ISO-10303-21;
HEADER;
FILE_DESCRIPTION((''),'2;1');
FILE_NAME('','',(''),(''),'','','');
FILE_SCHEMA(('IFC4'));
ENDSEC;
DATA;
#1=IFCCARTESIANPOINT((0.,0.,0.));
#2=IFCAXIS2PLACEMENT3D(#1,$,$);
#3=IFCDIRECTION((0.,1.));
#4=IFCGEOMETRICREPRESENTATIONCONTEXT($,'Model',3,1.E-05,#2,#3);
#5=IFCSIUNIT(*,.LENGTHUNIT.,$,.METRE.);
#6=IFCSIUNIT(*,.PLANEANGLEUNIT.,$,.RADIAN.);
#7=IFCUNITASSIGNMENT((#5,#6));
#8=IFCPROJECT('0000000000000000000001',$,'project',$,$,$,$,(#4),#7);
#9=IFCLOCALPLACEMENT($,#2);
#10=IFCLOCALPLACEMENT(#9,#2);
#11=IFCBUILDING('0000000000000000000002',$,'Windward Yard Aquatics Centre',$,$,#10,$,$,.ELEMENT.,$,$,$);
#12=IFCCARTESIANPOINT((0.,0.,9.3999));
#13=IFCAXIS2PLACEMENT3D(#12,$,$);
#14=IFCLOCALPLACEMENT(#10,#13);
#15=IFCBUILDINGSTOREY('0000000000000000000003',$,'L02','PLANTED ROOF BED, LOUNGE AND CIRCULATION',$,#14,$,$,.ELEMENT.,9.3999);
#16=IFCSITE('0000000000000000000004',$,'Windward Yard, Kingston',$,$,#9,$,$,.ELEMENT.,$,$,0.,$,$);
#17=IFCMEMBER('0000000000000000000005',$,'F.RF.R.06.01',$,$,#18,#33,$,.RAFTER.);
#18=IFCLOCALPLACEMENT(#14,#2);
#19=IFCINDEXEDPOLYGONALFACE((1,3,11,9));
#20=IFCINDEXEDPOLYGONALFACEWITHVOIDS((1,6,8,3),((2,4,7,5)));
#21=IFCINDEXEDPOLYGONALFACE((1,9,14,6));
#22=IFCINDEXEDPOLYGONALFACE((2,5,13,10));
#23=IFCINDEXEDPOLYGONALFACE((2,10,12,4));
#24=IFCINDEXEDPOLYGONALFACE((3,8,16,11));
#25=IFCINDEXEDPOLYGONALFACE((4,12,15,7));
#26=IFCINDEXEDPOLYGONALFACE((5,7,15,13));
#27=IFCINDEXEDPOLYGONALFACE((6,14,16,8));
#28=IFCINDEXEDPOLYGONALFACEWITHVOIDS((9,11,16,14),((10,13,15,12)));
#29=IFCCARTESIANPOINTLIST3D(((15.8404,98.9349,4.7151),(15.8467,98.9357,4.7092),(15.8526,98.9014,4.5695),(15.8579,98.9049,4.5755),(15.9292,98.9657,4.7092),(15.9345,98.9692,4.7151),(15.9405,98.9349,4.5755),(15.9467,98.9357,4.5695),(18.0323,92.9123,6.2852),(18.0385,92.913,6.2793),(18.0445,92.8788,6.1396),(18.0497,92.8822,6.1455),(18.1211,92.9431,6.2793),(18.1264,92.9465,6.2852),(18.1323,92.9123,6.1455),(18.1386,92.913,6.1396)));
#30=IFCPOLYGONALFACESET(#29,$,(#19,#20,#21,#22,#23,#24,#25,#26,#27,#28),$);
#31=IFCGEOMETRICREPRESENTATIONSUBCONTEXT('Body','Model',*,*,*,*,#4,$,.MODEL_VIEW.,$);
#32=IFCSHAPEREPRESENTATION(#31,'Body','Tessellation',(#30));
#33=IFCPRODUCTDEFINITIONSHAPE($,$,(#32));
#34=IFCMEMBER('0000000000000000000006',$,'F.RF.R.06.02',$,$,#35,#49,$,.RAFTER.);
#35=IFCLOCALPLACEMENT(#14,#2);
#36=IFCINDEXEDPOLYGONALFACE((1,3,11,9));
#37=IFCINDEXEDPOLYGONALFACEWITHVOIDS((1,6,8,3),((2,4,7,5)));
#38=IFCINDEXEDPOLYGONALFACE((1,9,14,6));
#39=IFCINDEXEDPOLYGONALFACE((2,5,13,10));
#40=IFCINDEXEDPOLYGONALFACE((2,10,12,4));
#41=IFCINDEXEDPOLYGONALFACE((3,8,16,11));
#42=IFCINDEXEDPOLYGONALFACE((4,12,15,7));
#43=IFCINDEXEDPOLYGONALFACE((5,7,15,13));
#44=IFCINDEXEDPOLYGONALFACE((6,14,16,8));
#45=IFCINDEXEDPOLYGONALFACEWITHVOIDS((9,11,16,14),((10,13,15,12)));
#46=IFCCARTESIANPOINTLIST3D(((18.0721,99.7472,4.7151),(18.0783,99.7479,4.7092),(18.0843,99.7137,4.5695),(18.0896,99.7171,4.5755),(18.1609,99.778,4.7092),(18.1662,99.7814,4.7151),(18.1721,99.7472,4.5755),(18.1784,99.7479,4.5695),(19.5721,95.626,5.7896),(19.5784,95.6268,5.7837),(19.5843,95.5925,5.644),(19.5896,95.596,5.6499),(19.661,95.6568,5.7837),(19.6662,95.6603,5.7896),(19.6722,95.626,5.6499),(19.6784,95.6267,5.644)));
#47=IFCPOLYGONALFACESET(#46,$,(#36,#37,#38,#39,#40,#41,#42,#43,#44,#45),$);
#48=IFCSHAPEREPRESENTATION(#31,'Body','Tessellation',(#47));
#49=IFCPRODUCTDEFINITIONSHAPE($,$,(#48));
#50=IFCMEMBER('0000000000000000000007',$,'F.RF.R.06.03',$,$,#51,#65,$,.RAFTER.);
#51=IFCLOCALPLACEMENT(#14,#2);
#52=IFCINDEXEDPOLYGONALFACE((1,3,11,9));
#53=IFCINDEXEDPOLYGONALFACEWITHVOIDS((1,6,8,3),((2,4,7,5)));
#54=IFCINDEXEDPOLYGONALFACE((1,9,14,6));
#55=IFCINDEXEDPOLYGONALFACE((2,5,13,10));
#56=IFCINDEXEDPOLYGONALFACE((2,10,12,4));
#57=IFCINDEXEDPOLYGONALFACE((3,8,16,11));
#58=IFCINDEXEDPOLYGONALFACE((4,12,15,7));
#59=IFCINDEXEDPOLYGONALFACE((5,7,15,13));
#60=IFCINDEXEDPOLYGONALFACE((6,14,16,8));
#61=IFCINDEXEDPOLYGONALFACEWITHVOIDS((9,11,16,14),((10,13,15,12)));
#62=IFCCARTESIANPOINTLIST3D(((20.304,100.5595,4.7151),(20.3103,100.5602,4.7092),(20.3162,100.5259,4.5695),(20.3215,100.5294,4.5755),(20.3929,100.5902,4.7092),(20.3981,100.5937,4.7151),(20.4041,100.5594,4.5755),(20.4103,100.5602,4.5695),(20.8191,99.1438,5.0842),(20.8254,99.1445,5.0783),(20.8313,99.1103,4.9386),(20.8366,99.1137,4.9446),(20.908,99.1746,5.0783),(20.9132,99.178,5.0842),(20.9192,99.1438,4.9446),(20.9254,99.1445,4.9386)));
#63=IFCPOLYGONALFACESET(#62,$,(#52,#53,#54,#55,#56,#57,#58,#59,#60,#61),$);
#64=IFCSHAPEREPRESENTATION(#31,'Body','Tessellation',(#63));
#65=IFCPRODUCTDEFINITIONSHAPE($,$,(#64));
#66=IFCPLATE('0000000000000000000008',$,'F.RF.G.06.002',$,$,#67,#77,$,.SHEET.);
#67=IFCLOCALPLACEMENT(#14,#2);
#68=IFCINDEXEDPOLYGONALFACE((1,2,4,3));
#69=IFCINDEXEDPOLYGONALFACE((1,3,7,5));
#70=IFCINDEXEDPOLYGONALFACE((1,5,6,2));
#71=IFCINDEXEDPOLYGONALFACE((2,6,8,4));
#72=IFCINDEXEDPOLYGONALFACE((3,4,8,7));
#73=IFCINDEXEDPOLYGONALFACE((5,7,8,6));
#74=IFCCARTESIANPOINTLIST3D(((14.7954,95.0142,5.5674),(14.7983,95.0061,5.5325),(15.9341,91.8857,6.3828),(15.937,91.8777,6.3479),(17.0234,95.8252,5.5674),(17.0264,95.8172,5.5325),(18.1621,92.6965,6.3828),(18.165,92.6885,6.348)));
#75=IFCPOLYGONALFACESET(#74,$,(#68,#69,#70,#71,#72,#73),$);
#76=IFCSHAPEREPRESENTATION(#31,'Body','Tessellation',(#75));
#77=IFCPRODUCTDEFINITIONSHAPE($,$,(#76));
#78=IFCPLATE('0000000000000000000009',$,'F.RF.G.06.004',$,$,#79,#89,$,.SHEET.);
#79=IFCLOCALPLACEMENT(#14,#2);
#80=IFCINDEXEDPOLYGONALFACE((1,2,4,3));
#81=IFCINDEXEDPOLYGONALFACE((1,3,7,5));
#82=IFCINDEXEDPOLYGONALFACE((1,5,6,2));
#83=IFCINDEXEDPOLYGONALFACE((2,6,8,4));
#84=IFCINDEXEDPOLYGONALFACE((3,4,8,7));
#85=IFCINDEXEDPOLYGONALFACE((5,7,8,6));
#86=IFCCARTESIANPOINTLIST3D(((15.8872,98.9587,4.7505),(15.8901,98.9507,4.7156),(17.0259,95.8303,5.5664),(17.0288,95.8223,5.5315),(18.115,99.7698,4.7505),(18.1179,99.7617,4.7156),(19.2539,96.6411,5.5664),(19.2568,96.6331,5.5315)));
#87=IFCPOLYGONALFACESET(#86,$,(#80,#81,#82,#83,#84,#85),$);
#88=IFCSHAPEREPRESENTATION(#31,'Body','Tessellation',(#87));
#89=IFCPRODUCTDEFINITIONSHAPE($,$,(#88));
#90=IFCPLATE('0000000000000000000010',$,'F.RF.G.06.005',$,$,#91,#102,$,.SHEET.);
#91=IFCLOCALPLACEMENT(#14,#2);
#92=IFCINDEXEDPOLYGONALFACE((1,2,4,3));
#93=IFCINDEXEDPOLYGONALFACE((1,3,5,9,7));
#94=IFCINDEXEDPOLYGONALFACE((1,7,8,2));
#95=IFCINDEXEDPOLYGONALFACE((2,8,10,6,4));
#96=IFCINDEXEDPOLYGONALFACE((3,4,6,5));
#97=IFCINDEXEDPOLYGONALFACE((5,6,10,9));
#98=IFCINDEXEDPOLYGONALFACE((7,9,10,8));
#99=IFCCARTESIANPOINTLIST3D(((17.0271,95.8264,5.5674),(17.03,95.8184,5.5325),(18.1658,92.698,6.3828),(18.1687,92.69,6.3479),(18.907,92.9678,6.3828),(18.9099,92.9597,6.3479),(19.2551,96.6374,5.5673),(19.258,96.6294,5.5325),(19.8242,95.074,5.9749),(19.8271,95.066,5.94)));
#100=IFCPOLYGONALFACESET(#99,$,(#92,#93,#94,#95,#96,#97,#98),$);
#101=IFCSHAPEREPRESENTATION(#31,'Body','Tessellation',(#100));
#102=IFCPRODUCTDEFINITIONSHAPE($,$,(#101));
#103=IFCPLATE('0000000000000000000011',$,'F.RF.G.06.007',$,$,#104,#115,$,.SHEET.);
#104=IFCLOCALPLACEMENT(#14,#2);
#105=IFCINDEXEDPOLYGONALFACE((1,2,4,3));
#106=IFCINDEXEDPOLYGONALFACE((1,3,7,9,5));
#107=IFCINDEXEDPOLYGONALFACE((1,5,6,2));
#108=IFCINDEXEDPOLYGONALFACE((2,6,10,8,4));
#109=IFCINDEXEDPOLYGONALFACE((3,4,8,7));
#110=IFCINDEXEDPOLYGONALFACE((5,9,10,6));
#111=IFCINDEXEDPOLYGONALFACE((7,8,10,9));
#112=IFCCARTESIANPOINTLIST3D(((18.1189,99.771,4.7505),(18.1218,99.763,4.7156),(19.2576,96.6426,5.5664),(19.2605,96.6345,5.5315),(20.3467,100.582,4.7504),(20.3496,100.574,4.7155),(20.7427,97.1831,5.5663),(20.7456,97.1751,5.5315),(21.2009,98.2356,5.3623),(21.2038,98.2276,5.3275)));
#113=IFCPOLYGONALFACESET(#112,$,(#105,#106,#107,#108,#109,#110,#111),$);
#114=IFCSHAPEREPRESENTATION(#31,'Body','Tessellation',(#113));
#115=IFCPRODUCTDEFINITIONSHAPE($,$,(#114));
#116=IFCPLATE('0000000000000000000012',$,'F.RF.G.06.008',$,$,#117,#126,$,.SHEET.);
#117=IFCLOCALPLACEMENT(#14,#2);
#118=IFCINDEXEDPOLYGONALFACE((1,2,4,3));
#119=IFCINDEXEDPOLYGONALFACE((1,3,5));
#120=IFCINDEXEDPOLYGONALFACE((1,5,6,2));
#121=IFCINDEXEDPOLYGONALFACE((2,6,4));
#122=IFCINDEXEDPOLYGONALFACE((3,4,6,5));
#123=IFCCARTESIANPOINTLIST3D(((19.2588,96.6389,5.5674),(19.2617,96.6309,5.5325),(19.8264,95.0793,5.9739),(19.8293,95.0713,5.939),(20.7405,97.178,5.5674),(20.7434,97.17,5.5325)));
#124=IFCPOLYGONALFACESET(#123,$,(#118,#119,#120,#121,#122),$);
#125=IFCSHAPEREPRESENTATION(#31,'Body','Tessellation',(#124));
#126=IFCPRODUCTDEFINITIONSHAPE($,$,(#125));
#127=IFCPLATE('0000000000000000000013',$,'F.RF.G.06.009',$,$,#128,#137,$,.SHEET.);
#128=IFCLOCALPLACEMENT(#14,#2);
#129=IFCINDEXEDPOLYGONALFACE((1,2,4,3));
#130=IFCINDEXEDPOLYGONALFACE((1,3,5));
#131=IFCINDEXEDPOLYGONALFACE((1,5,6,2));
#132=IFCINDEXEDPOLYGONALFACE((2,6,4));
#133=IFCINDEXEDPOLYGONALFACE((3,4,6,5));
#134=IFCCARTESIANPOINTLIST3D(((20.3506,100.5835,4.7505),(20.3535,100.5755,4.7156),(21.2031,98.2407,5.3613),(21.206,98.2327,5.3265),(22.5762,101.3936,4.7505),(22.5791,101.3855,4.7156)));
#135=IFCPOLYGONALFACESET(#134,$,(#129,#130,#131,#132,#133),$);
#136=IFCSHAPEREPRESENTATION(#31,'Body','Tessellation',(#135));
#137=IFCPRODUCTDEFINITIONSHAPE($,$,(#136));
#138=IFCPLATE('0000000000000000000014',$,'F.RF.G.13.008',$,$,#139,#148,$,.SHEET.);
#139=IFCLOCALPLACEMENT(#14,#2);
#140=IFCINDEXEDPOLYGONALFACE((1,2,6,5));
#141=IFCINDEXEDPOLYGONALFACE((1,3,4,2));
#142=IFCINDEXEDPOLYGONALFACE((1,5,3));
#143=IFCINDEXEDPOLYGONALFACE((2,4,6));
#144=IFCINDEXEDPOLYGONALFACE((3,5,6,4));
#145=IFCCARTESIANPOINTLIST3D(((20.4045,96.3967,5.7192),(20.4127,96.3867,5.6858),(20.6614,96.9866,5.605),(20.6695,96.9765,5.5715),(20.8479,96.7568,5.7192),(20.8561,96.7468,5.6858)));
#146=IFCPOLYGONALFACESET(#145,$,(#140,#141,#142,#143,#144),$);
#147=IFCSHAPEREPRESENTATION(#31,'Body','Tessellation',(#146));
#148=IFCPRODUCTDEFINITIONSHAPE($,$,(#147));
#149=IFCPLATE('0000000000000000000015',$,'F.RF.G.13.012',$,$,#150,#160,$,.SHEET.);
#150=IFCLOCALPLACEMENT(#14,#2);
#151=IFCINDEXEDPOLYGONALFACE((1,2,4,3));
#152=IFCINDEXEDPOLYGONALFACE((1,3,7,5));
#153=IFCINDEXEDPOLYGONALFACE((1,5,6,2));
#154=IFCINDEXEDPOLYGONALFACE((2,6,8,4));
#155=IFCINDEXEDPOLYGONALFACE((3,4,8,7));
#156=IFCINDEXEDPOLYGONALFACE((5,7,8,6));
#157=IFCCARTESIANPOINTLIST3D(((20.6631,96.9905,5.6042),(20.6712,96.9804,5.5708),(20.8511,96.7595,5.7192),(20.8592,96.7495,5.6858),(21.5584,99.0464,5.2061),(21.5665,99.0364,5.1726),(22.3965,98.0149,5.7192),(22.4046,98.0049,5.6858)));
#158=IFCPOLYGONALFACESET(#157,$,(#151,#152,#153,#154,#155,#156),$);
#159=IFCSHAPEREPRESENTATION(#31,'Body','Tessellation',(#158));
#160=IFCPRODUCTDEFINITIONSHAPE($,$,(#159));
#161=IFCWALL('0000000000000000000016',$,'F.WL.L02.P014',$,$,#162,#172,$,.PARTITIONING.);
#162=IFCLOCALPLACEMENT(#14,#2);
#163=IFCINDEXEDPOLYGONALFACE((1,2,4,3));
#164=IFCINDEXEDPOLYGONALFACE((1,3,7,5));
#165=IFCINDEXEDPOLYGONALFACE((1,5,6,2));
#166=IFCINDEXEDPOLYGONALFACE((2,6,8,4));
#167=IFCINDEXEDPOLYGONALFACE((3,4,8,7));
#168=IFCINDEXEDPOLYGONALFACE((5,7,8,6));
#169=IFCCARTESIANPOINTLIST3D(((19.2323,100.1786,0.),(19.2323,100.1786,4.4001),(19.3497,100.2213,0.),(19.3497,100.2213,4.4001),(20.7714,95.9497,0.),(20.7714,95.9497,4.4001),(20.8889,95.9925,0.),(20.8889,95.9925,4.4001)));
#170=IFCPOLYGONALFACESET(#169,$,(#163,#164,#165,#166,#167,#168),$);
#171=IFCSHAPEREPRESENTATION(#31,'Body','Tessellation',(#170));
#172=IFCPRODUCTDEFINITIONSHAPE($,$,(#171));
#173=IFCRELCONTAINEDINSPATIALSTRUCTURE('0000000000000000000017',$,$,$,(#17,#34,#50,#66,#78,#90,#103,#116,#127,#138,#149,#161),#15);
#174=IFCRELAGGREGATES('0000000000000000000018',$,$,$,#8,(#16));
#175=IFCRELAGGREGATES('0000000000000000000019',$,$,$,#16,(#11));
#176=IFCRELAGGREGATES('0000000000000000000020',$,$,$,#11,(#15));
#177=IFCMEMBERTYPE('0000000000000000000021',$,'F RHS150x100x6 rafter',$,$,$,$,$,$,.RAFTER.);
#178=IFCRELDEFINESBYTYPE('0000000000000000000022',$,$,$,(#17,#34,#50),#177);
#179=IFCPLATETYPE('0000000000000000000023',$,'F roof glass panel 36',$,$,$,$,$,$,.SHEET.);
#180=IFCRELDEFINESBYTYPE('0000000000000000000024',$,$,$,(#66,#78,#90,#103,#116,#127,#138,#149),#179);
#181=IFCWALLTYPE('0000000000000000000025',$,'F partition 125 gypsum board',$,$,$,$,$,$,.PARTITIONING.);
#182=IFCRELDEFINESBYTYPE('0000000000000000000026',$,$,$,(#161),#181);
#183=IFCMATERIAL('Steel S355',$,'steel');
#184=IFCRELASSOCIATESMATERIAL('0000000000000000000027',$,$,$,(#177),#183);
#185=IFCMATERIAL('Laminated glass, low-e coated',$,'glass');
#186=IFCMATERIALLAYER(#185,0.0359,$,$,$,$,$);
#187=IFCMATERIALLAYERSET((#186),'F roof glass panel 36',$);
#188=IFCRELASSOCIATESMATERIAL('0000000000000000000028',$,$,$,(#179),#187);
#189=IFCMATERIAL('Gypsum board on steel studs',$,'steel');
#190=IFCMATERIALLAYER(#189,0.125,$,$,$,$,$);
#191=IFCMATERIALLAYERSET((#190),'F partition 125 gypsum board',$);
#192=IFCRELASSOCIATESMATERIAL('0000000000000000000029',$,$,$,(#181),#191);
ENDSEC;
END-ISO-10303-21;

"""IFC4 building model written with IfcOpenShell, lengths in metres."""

from ifc_helpers import new_model, si_unit, direction, frame, frame_2d, origin, origin_2d, place, context, subcontext, project, spatial, polyline, rectangle, hollow_rectangle, outline, extrude, material, layer, layer_set, material_profile, profile_set, type_object, element, save


model = new_model("IFC4")

# Units and contexts
model_context = context("Model", 3, precision=1e-05, world=origin(), true_north=direction((0.0, 1.0)))
body_context = subcontext(model_context, "Body", "Model", "MODEL_VIEW")
ifc_project = project(units=[si_unit("LENGTHUNIT", "METRE"), si_unit("PLANEANGLEUNIT", "RADIAN")], contexts=[model_context])

# Site, building, storey
site_placement = place(None, origin())
site = spatial("IfcSite", under=ifc_project, at=site_placement, Name="Windward Yard, Kingston", CompositionType="ELEMENT", RefElevation=0.0)
building_placement = place(site_placement, origin())
building = spatial("IfcBuilding", under=site, at=building_placement, Name="Windward Yard Aquatics Centre", CompositionType="ELEMENT")
storey_placement = place(building_placement, frame((0.0, 0.0, 9.3999)))
storey = spatial("IfcBuildingStorey", under=building, at=storey_placement, Name="L02", Description="PLANTED ROOF BED, LOUNGE AND CIRCULATION", CompositionType="ELEMENT", Elevation=9.3999)

# Members
ifc_material_1 = material(Name="Steel S355", Category="steel")
ifc_material_profile = material_profile(ifc_material_1, hollow_rectangle(XDim=0.1001, YDim=0.1499, WallThickness=0.0061, at=origin_2d()), Name="RHS150x100x6")
ifc_profile_set = profile_set([ifc_material_profile], Name="Steel S355")
member_type = type_object("IfcMemberType", Name="F RHS150x100x6 rafter", PredefinedType="RAFTER", material=ifc_profile_set)
member_1_placement = place(storey_placement, frame((15.8936, 98.9353, 4.6423), z_axis=(0.332172, -0.912715, 0.237937), x_axis=(0.939702, 0.341994, 0.0)))
element("IfcMember", 1, at=member_1_placement, inside=storey, type_object=member_type, Name="F.RF.R.06.01", PredefinedType="RAFTER", context=body_context, shape_type="SweptSolid", body=[
    extrude(hollow_rectangle(XDim=0.1001, YDim=0.1499, WallThickness=0.0061, at=origin_2d()), origin(), (0.0, 0.0, 1.0), 6.5986),
])
member_2_placement = place(storey_placement, frame((18.1252, 99.7476, 4.6423), z_axis=(0.332204, -0.912697, 0.237961), x_axis=(0.939689, 0.342029, 0.0)))
element("IfcMember", 2, at=member_2_placement, inside=storey, type_object=member_type, Name="F.RF.R.06.02", PredefinedType="RAFTER", context=body_context, shape_type="SweptSolid", body=[
    extrude(hollow_rectangle(XDim=0.1001, YDim=0.1499, WallThickness=0.0061, at=origin_2d()), origin(), (0.0, 0.0, 1.0), 4.5154),
])
member_3_placement = place(storey_placement, frame((20.3572, 100.5598, 4.6423), z_axis=(0.332102, -0.912729, 0.23798), x_axis=(0.939727, 0.341925, 0.0)))
element("IfcMember", 3, at=member_3_placement, inside=storey, type_object=member_type, Name="F.RF.R.06.03", PredefinedType="RAFTER", context=body_context, shape_type="SweptSolid", body=[
    extrude(hollow_rectangle(XDim=0.1001, YDim=0.1499, WallThickness=0.0061, at=origin_2d()), origin(), (0.0, 0.0, 1.0), 1.551),
])

# Plates
ifc_material_2 = material(Name="Laminated glass, low-e coated", Category="glass")
ifc_layer_1 = layer(ifc_material_2, 0.0359)
ifc_layer_set_1 = layer_set([ifc_layer_1], Name="F roof glass panel 36")
plate_type = type_object("IfcPlateType", Name="F roof glass panel 36", PredefinedType="SHEET", material=ifc_layer_set_1)
plate_1_placement = place(storey_placement, frame((14.7954, 95.0142, 5.5674), z_axis=(-0.081362, 0.223547, 0.971291), x_axis=(0.93968, 0.342055, -0.000011)))
element("IfcPlate", 4, at=plate_1_placement, inside=storey, type_object=plate_type, Name="F.RF.G.06.002", PredefinedType="SHEET", context=body_context, shape_type="SweptSolid", body=[
    extrude(outline(polyline([(0.0, 0.0), (2.3711, 0.0), (2.3709, -3.4278), (-0.0001, -3.4276), (0.0, 0.0)])), origin(), (0.0, 0.0, -1.0), 0.0359),
])
plate_2_placement = place(storey_placement, frame((15.8872, 98.9587, 4.7505), z_axis=(-0.081411, 0.223669, 0.971259), x_axis=(0.939668, 0.342087, -0.000015)))
element("IfcPlate", 5, at=plate_2_placement, inside=storey, type_object=plate_type, Name="F.RF.G.06.004", PredefinedType="SHEET", context=body_context, shape_type="SweptSolid", body=[
    extrude(outline(polyline([(0.0, 0.0), (2.3708, 0.0), (2.3707, -3.428), (-0.0002, -3.4277), (0.0, 0.0)])), origin(), (0.0, 0.0, -1.0), 0.0359),
])
plate_3_placement = place(storey_placement, frame((17.0271, 95.8264, 5.5674), z_axis=(-0.081359, 0.223548, 0.971291), x_axis=(0.93968, 0.342054, -0.000014)))
element("IfcPlate", 6, at=plate_3_placement, inside=storey, type_object=plate_type, Name="F.RF.G.06.005", PredefinedType="SHEET", context=body_context, shape_type="SweptSolid", body=[
    extrude(outline(polyline([(0.0, 0.0), (2.3711, 0.0), (2.371, -1.713), (0.7887, -3.4276), (-0.0001, -3.4276), (0.0, 0.0)])), origin(), (0.0, 0.0, -1.0), 0.0359),
])
plate_4_placement = place(storey_placement, frame((18.1189, 99.771, 4.7505), z_axis=(-0.081389, 0.223675, 0.97126), x_axis=(0.93967, 0.342082, -0.000037)))
element("IfcPlate", 7, at=plate_4_placement, inside=storey, type_object=plate_type, Name="F.RF.G.06.007", PredefinedType="SHEET", context=body_context, shape_type="SweptSolid", body=[
    extrude(outline(polyline([(0.0, 0.0), (2.3708, 0.0), (2.3708, -2.571), (1.5802, -3.4278), (-0.0002, -3.4277), (0.0, 0.0)])), origin(), (0.0, 0.0, -1.0), 0.0359),
])
plate_5_placement = place(storey_placement, frame((19.2588, 96.6389, 5.5674), z_axis=(-0.081334, 0.223559, 0.971291), x_axis=(0.939739, 0.341892, 0.0)))
element("IfcPlate", 8, at=plate_5_placement, inside=storey, type_object=plate_type, Name="F.RF.G.06.008", PredefinedType="SHEET", context=body_context, shape_type="SweptSolid", body=[
    extrude(outline(polyline([(0.0, 0.0), (1.5767, 0.0), (0.0002, -1.7087), (0.0, 0.0)])), origin(), (0.0, 0.0, -1.0), 0.0359),
])
plate_6_placement = place(storey_placement, frame((20.3506, 100.5835, 4.7505), z_axis=(-0.081394, 0.223624, 0.971271), x_axis=(0.939691, 0.342024, 0.0)))
element("IfcPlate", 9, at=plate_6_placement, inside=storey, type_object=plate_type, Name="F.RF.G.06.009", PredefinedType="SHEET", context=body_context, shape_type="SweptSolid", body=[
    extrude(outline(polyline([(0.0, 0.0), (2.3684, 0.0), (-0.0002, -2.5668), (0.0, 0.0)])), origin(), (0.0, 0.0, -1.0), 0.0359),
])
plate_7_placement = place(storey_placement, frame((20.4045, 96.3967, 5.7192), z_axis=(-0.227088, 0.279588, 0.932878), x_axis=(0.393074, 0.902726, -0.174866)))
element("IfcPlate", 10, at=plate_7_placement, inside=storey, type_object=plate_type, Name="F.RF.G.13.008", PredefinedType="SHEET", context=body_context, shape_type="SweptSolid", body=[
    extrude(outline(polyline([(0.0, 0.0), (0.6534, 0.0), (0.4994, -0.2773), (0.0, 0.0)])), origin(), (0.0, 0.0, -1.0), 0.0359),
])
plate_8_placement = place(storey_placement, frame((20.6631, 96.9905, 5.6042), z_axis=(-0.227114, 0.279583, 0.932873), x_axis=(0.393098, 0.90272, -0.174843)))
element("IfcPlate", 11, at=plate_8_placement, inside=storey, type_object=plate_type, Name="F.RF.G.13.012", PredefinedType="SHEET", context=body_context, shape_type="SweptSolid", body=[
    extrude(outline(polyline([(0.0, 0.0), (2.2775, 0.0), (1.586, -1.2457), (-0.1547, -0.2792), (0.0, 0.0)])), origin(), (0.0, 0.0, -1.0), 0.0359),
])

# Wall
ifc_material_3 = material(Name="Gypsum board on steel studs", Category="steel")
ifc_layer_2 = layer(ifc_material_3, 0.125)
ifc_layer_set_2 = layer_set([ifc_layer_2], Name="F partition 125 gypsum board")
wall_type_1 = type_object("IfcWallType", Name="F partition 125 gypsum board", PredefinedType="PARTITIONING", material=ifc_layer_set_2)
wall_1_placement = place(storey_placement, frame((20.8301, 95.9712, 0.0), z_axis=(0.0, 0.0, 1.0), x_axis=(-0.342004, 0.939698, 0.0)))
element("IfcWall", 12, at=wall_1_placement, inside=storey, type_object=wall_type_1, Name="F.WL.L02.P014", PredefinedType="PARTITIONING", context=body_context, shape_type="SweptSolid", body=[
    extrude(rectangle(XDim=4.5002, YDim=0.125, at=frame_2d((2.25, 0.0))), origin(), (0.0, 0.0, 1.0), 4.4001),
])

save(model, "model.ifc")
